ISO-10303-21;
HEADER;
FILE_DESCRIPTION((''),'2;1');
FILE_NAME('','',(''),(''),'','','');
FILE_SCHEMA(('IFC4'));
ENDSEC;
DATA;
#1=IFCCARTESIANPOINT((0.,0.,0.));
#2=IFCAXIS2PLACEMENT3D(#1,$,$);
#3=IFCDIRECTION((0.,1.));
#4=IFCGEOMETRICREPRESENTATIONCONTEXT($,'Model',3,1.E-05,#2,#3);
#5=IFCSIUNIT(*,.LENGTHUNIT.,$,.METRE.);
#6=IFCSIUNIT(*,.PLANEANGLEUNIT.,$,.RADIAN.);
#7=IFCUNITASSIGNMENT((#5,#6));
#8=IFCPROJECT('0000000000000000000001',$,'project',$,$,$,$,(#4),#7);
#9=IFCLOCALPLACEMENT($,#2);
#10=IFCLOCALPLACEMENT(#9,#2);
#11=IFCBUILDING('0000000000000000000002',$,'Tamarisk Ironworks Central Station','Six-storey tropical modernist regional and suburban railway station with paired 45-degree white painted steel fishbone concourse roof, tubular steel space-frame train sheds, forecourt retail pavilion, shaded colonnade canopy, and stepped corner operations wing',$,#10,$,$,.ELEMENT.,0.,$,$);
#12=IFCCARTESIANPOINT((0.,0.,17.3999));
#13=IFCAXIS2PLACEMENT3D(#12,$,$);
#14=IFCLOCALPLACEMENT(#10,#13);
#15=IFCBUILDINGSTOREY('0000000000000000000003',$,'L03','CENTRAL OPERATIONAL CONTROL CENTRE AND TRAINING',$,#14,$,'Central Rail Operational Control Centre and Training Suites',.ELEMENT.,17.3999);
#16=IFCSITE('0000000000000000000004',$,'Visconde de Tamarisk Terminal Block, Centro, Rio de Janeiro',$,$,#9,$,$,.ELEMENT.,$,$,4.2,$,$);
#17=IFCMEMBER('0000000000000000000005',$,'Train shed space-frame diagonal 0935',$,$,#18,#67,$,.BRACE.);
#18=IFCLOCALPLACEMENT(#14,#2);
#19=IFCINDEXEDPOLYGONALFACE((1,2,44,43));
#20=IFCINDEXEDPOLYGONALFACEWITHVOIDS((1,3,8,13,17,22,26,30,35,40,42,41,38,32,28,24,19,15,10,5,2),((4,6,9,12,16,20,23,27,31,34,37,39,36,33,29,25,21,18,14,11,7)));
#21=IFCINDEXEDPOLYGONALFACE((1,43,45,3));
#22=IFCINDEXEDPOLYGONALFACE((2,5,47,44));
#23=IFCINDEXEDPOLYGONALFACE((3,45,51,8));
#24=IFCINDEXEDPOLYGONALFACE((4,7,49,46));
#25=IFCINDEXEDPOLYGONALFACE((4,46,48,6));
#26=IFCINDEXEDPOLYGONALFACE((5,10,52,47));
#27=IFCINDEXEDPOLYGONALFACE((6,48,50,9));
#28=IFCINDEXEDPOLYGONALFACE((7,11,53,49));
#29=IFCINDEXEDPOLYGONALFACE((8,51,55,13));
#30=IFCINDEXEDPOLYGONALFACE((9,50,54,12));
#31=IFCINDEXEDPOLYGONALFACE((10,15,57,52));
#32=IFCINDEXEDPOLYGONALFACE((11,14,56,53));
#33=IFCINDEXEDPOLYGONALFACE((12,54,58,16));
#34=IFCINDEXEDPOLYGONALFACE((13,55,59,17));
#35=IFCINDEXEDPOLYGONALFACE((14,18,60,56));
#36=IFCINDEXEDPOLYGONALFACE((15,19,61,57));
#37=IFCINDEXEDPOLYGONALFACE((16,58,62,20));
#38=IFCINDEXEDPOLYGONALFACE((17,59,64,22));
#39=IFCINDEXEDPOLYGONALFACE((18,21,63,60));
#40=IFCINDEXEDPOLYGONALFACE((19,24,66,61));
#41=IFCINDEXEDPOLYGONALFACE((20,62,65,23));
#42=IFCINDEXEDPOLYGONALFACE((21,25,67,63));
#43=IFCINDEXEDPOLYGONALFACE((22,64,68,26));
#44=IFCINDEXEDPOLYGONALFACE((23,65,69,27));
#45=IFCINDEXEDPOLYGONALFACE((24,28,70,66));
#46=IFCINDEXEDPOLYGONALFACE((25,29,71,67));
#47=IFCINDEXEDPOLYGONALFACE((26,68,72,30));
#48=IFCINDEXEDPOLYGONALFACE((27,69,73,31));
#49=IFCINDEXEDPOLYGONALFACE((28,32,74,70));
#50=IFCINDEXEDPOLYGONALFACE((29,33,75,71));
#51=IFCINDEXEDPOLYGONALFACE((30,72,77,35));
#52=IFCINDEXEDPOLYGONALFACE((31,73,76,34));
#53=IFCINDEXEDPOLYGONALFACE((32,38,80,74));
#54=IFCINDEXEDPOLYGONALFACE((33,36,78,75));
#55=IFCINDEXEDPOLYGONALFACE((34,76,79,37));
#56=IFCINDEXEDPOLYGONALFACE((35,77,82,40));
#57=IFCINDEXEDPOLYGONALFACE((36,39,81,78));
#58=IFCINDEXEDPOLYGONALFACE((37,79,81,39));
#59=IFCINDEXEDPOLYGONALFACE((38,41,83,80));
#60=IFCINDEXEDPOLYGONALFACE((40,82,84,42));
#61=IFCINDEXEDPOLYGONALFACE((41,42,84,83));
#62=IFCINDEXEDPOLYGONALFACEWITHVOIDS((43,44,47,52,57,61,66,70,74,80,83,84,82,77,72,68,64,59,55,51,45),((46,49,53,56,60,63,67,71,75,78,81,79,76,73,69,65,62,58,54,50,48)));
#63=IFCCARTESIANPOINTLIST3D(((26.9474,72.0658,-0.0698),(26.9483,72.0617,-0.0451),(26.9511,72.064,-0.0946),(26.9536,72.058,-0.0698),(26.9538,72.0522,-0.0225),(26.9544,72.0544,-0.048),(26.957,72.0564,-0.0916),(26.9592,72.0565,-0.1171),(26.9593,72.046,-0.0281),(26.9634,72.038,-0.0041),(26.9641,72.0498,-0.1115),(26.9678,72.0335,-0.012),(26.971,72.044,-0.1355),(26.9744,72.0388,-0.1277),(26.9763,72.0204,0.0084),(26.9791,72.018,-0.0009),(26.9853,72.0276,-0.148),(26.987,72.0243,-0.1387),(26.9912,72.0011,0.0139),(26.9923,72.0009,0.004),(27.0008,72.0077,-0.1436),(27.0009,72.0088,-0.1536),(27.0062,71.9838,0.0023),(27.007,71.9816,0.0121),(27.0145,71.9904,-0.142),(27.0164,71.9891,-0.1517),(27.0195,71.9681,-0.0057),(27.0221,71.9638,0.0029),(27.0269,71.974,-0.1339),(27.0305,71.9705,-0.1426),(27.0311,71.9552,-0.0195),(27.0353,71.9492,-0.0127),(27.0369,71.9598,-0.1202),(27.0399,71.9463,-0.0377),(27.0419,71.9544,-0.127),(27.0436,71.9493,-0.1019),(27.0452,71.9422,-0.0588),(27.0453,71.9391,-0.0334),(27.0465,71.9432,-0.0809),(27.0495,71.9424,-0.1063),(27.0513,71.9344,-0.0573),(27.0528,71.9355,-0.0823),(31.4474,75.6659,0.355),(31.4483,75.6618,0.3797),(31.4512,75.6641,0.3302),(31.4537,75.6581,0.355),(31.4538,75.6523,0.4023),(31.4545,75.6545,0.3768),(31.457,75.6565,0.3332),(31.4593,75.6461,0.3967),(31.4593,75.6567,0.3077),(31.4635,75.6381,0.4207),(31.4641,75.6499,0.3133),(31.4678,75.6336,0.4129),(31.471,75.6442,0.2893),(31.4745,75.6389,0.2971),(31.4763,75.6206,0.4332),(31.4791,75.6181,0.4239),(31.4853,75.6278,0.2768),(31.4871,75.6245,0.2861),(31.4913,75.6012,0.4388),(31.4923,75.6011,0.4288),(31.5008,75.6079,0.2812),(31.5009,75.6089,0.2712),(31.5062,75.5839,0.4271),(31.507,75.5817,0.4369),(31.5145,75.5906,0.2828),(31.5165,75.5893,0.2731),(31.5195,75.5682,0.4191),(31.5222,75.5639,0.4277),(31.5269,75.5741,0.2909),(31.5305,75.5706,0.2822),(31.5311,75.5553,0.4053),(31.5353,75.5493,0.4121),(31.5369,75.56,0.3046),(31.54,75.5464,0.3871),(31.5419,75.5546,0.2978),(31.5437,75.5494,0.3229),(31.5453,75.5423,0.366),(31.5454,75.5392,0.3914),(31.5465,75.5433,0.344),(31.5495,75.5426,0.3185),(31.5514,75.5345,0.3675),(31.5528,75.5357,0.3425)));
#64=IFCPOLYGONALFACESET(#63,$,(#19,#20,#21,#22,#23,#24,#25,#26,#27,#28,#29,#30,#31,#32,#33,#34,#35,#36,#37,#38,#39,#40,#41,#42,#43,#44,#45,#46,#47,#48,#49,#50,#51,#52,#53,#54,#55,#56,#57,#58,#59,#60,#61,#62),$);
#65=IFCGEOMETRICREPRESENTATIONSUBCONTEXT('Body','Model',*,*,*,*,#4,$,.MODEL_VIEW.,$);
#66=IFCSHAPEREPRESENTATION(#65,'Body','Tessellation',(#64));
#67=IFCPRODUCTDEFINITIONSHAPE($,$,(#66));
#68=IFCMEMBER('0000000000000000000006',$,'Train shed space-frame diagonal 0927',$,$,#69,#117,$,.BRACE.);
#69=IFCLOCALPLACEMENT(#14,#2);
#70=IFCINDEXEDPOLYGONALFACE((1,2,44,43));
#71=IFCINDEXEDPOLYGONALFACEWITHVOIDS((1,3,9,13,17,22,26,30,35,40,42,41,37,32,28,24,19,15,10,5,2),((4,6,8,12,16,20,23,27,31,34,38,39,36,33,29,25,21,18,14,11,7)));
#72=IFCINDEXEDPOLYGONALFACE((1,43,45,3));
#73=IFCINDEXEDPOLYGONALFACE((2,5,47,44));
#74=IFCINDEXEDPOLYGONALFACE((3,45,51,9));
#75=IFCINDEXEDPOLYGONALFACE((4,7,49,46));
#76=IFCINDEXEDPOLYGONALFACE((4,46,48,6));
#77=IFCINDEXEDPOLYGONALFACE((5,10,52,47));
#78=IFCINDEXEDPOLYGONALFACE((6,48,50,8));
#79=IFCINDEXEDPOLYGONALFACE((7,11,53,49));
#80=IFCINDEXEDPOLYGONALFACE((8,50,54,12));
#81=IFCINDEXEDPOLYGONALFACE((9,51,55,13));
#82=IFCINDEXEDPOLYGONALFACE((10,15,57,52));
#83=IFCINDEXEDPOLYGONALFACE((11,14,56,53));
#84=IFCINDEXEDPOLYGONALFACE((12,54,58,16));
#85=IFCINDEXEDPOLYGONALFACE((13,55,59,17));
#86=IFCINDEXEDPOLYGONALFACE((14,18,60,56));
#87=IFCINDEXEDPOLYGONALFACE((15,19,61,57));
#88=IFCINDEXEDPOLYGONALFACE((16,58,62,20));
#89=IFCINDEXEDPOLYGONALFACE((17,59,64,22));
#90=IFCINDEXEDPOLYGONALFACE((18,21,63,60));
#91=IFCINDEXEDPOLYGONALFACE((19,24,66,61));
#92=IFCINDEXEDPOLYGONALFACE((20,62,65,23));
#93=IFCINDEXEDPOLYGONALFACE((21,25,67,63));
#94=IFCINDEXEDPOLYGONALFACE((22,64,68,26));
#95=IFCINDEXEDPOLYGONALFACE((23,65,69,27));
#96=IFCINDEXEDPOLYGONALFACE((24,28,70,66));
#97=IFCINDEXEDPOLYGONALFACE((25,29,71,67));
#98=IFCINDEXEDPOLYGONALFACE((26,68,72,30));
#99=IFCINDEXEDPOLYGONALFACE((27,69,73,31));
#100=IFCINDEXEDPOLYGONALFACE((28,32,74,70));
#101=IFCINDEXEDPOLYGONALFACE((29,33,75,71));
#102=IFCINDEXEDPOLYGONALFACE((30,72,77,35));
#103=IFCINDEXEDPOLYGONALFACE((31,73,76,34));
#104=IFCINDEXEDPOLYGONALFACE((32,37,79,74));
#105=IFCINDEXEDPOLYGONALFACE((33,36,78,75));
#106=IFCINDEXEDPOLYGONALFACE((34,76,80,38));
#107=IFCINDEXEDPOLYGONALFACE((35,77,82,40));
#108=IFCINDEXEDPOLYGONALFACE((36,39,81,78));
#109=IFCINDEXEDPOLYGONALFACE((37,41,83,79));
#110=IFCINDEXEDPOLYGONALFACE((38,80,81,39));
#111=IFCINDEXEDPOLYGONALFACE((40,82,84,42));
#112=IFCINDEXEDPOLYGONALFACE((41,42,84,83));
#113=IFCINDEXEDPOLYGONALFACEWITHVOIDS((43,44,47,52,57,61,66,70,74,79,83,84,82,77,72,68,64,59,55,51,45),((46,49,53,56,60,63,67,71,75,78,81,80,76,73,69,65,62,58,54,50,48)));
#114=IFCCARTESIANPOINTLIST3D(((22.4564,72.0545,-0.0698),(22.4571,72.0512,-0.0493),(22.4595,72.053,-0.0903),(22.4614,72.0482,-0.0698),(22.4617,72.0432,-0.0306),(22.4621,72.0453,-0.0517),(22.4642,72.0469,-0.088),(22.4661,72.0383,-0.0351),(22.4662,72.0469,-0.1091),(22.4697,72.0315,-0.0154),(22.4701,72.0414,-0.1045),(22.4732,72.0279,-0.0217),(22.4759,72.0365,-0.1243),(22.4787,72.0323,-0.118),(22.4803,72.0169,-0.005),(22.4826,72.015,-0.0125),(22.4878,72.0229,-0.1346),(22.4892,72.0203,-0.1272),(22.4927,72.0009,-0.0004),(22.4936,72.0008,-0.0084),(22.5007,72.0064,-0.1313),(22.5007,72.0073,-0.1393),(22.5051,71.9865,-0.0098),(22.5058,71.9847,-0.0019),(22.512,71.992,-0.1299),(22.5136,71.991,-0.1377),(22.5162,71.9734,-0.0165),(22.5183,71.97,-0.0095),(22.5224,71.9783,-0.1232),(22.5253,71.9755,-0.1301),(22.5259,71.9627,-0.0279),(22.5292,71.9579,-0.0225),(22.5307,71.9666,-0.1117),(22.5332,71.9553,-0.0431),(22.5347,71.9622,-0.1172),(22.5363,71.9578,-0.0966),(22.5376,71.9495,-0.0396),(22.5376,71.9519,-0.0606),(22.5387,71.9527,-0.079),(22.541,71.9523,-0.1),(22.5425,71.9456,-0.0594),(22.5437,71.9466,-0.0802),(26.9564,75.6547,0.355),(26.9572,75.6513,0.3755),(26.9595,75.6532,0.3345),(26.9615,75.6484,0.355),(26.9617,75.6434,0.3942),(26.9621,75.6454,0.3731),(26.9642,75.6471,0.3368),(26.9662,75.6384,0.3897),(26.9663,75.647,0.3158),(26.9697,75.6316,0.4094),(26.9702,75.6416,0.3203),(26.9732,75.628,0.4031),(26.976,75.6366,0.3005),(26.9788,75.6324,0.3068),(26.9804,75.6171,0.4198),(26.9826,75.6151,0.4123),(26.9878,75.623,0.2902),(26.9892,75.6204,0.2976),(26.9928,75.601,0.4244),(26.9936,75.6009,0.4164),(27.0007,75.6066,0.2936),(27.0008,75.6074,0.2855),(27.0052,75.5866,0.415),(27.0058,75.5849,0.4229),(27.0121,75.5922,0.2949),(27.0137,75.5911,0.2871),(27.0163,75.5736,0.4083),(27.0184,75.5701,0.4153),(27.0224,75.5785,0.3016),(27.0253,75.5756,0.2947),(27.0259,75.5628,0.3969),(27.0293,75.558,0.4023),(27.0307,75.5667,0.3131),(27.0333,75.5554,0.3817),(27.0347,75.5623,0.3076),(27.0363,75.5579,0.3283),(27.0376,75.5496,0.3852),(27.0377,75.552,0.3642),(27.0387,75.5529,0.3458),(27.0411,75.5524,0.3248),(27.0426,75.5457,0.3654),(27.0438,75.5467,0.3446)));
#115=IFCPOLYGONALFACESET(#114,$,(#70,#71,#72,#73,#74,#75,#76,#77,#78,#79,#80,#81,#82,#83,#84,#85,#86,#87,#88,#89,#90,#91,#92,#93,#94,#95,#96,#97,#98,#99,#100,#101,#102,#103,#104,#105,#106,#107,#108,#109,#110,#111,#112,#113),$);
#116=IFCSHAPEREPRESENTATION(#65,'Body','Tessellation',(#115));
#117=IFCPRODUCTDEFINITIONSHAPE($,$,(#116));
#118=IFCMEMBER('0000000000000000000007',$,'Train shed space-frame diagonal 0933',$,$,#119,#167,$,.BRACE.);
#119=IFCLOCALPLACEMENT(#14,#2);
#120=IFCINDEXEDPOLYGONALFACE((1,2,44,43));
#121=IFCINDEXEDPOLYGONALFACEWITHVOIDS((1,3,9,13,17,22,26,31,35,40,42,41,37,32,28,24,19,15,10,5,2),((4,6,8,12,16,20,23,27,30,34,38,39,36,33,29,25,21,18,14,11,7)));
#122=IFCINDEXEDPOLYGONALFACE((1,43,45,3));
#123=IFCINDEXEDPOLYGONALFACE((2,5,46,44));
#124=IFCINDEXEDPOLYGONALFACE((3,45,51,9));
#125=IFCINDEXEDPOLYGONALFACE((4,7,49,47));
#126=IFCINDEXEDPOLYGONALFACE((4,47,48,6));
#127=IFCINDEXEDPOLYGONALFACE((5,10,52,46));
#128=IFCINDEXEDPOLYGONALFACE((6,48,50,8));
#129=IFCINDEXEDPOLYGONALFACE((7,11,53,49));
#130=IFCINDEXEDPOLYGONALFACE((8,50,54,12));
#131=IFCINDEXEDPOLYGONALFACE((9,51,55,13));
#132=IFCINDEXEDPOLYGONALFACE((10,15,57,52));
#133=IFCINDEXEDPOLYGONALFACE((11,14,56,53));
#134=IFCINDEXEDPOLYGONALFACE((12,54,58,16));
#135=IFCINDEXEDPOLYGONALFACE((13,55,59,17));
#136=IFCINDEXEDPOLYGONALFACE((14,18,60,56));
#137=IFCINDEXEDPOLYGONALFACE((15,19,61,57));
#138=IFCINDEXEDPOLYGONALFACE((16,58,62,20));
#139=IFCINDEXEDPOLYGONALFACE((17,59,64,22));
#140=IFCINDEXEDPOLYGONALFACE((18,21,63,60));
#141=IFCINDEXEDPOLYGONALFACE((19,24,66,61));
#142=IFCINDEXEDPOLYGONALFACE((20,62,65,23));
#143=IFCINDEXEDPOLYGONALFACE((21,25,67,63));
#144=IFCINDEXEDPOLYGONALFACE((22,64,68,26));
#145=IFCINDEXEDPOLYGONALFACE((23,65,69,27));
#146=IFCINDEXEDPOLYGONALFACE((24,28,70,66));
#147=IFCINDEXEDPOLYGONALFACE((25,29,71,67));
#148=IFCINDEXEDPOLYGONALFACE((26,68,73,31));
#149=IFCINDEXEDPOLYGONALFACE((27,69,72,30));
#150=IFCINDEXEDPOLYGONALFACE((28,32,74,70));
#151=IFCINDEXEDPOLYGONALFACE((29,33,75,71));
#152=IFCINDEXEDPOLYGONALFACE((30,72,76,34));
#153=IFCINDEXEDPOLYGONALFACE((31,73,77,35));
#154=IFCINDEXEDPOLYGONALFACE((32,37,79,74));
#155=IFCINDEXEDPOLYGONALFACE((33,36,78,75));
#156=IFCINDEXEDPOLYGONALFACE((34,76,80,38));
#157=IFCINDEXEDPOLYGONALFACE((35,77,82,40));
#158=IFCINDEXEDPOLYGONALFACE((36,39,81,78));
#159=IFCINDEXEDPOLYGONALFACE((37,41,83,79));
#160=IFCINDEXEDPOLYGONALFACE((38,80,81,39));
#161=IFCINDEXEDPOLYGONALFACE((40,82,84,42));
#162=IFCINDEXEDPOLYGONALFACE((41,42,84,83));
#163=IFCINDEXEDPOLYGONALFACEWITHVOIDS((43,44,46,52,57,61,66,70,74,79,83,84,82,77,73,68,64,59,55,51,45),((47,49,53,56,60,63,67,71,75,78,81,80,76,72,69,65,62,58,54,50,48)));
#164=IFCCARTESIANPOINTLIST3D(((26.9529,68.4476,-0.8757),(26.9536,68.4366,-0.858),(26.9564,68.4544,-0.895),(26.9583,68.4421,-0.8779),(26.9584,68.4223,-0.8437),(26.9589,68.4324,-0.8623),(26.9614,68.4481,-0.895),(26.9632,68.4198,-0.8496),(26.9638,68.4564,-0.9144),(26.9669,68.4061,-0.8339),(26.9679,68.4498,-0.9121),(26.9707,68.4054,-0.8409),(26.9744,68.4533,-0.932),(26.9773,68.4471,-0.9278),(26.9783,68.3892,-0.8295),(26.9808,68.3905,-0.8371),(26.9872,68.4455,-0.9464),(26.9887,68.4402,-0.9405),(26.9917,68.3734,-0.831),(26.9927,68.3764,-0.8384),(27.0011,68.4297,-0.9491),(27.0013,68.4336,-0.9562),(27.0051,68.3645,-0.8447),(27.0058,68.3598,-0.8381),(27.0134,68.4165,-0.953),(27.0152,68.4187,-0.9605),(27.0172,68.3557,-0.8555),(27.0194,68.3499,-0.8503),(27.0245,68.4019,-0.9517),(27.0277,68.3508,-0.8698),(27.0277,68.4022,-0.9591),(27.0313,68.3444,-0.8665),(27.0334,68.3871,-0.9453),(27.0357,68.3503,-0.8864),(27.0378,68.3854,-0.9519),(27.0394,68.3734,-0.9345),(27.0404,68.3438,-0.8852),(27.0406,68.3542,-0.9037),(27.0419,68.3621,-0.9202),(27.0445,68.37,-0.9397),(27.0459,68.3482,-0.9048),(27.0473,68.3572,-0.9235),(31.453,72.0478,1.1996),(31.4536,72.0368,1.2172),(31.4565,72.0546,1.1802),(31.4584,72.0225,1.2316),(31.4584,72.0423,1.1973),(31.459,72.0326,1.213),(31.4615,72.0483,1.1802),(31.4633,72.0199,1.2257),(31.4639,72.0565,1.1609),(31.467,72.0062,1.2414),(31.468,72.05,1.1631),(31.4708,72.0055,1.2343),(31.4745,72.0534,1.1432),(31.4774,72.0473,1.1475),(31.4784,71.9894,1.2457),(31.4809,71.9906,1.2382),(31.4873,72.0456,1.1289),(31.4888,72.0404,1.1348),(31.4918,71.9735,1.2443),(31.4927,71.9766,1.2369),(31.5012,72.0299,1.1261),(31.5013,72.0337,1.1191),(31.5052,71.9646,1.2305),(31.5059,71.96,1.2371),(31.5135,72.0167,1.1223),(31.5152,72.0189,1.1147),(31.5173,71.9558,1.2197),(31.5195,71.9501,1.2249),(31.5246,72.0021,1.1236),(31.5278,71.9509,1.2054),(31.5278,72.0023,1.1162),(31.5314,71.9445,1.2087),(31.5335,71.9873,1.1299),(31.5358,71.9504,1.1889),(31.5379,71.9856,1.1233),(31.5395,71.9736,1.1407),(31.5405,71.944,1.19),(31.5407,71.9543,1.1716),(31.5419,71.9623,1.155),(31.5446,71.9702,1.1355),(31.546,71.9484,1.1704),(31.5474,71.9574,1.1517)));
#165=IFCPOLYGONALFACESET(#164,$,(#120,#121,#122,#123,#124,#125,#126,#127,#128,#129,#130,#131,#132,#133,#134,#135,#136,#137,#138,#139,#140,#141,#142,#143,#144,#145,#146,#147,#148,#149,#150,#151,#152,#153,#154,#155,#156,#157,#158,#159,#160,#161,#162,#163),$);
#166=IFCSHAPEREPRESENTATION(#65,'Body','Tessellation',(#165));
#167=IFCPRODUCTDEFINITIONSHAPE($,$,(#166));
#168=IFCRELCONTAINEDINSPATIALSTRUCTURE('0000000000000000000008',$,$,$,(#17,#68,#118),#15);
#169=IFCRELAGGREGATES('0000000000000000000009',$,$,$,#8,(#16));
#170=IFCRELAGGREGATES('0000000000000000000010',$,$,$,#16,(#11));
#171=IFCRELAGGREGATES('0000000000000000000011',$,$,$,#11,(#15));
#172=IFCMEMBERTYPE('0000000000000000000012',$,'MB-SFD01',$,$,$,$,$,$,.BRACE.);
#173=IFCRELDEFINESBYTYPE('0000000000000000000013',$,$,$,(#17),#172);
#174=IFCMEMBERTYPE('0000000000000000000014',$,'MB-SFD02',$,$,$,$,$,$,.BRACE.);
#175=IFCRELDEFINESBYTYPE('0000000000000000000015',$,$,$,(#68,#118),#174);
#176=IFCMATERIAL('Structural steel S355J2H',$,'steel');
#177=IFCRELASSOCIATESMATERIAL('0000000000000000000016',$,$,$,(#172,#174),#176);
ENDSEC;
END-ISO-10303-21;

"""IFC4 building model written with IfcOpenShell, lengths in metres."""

from ifc_helpers import new_model, si_unit, direction, frame, origin, origin_2d, place, context, subcontext, project, spatial, hollow_circle, extrude, material, material_profile, profile_set, type_object, element, save


model = new_model("IFC4")

# Units and contexts
model_context = context("Model", 3, precision=1e-05, world=origin(), true_north=direction((0.0, 1.0)))
body_context = subcontext(model_context, "Body", "Model", "MODEL_VIEW")
ifc_project = project(units=[si_unit("LENGTHUNIT", "METRE"), si_unit("PLANEANGLEUNIT", "RADIAN")], contexts=[model_context])

# Site, building, storey
site_placement = place(None, origin())
site = spatial("IfcSite", under=ifc_project, at=site_placement, Name="Visconde de Tamarisk Terminal Block, Centro, Rio de Janeiro", CompositionType="ELEMENT", RefElevation=4.2)
building_placement = place(site_placement, origin())
building = spatial("IfcBuilding", under=site, at=building_placement, Name="Tamarisk Ironworks Central Station", Description="Six-storey tropical modernist regional and suburban railway station with paired 45-degree white painted steel fishbone concourse roof, tubular steel space-frame train sheds, forecourt retail pavilion, shaded colonnade canopy, and stepped corner operations wing", CompositionType="ELEMENT", ElevationOfRefHeight=0.0)
storey_placement = place(building_placement, frame((0.0, 0.0, 17.3999)))
storey = spatial("IfcBuildingStorey", under=building, at=storey_placement, Name="L03", Description="CENTRAL OPERATIONAL CONTROL CENTRE AND TRAINING", LongName="Central Rail Operational Control Centre and Training Suites", CompositionType="ELEMENT", Elevation=17.3999)

# Members
ifc_material = material(Name="Structural steel S355J2H", Category="steel")
ifc_material_profile_1 = material_profile(ifc_material, hollow_circle(Radius=0.0842, WallThickness=0.01, at=origin_2d()), Name="CHS 168.3x10")
ifc_profile_set_1 = profile_set([ifc_material_profile_1], Name="Structural steel S355J2H")
member_type_1 = type_object("IfcMemberType", Name="MB-SFD01", PredefinedType="BRACE", material=ifc_profile_set_1)
member_1_placement = place(storey_placement, frame((27.0, 72.0, -0.0698), z_axis=(0.778748, 0.623015, 0.073515), x_axis=(-0.624705, 0.780861, 0.0)))
element("IfcMember", 1, at=member_1_placement, inside=storey, type_object=member_type_1, Name="Train shed space-frame diagonal 0935", PredefinedType="BRACE", context=body_context, shape_type="SweptSolid", body=[
    extrude(hollow_circle(Radius=0.0842, WallThickness=0.01, at=origin_2d()), origin(), (0.0, 0.0, 1.0), 5.7786),
])
ifc_material_profile_2 = material_profile(ifc_material, hollow_circle(Radius=0.0698, WallThickness=0.0081, at=origin_2d()), Name="CHS 139.7x8")
ifc_profile_set_2 = profile_set([ifc_material_profile_2], Name="Structural steel S355J2H")
member_type_2 = type_object("IfcMemberType", Name="MB-SFD02", PredefinedType="BRACE", material=ifc_profile_set_2)
member_2_placement = place(storey_placement, frame((22.5, 72.0, -0.0698), z_axis=(0.778748, 0.623015, 0.073515), x_axis=(-0.624705, 0.780861, 0.0)))
element("IfcMember", 2, at=member_2_placement, inside=storey, type_object=member_type_2, Name="Train shed space-frame diagonal 0927", PredefinedType="BRACE", context=body_context, shape_type="SweptSolid", body=[
    extrude(hollow_circle(Radius=0.0698, WallThickness=0.0081, at=origin_2d()), origin(), (0.0, 0.0, 1.0), 5.7786),
])
member_3_placement = place(storey_placement, frame((27.0, 68.3999, -0.895), z_axis=(0.734679, 0.587759, 0.338801), x_axis=(-0.624705, 0.780861, 0.0)))
element("IfcMember", 3, at=member_3_placement, inside=storey, type_object=member_type_2, Name="Train shed space-frame diagonal 0933", PredefinedType="BRACE", context=body_context, shape_type="SweptSolid", body=[
    extrude(hollow_circle(Radius=0.0698, WallThickness=0.0081, at=origin_2d()), origin(), (0.0, 0.0, 1.0), 6.1252),
])

save(model, "model.ifc")
